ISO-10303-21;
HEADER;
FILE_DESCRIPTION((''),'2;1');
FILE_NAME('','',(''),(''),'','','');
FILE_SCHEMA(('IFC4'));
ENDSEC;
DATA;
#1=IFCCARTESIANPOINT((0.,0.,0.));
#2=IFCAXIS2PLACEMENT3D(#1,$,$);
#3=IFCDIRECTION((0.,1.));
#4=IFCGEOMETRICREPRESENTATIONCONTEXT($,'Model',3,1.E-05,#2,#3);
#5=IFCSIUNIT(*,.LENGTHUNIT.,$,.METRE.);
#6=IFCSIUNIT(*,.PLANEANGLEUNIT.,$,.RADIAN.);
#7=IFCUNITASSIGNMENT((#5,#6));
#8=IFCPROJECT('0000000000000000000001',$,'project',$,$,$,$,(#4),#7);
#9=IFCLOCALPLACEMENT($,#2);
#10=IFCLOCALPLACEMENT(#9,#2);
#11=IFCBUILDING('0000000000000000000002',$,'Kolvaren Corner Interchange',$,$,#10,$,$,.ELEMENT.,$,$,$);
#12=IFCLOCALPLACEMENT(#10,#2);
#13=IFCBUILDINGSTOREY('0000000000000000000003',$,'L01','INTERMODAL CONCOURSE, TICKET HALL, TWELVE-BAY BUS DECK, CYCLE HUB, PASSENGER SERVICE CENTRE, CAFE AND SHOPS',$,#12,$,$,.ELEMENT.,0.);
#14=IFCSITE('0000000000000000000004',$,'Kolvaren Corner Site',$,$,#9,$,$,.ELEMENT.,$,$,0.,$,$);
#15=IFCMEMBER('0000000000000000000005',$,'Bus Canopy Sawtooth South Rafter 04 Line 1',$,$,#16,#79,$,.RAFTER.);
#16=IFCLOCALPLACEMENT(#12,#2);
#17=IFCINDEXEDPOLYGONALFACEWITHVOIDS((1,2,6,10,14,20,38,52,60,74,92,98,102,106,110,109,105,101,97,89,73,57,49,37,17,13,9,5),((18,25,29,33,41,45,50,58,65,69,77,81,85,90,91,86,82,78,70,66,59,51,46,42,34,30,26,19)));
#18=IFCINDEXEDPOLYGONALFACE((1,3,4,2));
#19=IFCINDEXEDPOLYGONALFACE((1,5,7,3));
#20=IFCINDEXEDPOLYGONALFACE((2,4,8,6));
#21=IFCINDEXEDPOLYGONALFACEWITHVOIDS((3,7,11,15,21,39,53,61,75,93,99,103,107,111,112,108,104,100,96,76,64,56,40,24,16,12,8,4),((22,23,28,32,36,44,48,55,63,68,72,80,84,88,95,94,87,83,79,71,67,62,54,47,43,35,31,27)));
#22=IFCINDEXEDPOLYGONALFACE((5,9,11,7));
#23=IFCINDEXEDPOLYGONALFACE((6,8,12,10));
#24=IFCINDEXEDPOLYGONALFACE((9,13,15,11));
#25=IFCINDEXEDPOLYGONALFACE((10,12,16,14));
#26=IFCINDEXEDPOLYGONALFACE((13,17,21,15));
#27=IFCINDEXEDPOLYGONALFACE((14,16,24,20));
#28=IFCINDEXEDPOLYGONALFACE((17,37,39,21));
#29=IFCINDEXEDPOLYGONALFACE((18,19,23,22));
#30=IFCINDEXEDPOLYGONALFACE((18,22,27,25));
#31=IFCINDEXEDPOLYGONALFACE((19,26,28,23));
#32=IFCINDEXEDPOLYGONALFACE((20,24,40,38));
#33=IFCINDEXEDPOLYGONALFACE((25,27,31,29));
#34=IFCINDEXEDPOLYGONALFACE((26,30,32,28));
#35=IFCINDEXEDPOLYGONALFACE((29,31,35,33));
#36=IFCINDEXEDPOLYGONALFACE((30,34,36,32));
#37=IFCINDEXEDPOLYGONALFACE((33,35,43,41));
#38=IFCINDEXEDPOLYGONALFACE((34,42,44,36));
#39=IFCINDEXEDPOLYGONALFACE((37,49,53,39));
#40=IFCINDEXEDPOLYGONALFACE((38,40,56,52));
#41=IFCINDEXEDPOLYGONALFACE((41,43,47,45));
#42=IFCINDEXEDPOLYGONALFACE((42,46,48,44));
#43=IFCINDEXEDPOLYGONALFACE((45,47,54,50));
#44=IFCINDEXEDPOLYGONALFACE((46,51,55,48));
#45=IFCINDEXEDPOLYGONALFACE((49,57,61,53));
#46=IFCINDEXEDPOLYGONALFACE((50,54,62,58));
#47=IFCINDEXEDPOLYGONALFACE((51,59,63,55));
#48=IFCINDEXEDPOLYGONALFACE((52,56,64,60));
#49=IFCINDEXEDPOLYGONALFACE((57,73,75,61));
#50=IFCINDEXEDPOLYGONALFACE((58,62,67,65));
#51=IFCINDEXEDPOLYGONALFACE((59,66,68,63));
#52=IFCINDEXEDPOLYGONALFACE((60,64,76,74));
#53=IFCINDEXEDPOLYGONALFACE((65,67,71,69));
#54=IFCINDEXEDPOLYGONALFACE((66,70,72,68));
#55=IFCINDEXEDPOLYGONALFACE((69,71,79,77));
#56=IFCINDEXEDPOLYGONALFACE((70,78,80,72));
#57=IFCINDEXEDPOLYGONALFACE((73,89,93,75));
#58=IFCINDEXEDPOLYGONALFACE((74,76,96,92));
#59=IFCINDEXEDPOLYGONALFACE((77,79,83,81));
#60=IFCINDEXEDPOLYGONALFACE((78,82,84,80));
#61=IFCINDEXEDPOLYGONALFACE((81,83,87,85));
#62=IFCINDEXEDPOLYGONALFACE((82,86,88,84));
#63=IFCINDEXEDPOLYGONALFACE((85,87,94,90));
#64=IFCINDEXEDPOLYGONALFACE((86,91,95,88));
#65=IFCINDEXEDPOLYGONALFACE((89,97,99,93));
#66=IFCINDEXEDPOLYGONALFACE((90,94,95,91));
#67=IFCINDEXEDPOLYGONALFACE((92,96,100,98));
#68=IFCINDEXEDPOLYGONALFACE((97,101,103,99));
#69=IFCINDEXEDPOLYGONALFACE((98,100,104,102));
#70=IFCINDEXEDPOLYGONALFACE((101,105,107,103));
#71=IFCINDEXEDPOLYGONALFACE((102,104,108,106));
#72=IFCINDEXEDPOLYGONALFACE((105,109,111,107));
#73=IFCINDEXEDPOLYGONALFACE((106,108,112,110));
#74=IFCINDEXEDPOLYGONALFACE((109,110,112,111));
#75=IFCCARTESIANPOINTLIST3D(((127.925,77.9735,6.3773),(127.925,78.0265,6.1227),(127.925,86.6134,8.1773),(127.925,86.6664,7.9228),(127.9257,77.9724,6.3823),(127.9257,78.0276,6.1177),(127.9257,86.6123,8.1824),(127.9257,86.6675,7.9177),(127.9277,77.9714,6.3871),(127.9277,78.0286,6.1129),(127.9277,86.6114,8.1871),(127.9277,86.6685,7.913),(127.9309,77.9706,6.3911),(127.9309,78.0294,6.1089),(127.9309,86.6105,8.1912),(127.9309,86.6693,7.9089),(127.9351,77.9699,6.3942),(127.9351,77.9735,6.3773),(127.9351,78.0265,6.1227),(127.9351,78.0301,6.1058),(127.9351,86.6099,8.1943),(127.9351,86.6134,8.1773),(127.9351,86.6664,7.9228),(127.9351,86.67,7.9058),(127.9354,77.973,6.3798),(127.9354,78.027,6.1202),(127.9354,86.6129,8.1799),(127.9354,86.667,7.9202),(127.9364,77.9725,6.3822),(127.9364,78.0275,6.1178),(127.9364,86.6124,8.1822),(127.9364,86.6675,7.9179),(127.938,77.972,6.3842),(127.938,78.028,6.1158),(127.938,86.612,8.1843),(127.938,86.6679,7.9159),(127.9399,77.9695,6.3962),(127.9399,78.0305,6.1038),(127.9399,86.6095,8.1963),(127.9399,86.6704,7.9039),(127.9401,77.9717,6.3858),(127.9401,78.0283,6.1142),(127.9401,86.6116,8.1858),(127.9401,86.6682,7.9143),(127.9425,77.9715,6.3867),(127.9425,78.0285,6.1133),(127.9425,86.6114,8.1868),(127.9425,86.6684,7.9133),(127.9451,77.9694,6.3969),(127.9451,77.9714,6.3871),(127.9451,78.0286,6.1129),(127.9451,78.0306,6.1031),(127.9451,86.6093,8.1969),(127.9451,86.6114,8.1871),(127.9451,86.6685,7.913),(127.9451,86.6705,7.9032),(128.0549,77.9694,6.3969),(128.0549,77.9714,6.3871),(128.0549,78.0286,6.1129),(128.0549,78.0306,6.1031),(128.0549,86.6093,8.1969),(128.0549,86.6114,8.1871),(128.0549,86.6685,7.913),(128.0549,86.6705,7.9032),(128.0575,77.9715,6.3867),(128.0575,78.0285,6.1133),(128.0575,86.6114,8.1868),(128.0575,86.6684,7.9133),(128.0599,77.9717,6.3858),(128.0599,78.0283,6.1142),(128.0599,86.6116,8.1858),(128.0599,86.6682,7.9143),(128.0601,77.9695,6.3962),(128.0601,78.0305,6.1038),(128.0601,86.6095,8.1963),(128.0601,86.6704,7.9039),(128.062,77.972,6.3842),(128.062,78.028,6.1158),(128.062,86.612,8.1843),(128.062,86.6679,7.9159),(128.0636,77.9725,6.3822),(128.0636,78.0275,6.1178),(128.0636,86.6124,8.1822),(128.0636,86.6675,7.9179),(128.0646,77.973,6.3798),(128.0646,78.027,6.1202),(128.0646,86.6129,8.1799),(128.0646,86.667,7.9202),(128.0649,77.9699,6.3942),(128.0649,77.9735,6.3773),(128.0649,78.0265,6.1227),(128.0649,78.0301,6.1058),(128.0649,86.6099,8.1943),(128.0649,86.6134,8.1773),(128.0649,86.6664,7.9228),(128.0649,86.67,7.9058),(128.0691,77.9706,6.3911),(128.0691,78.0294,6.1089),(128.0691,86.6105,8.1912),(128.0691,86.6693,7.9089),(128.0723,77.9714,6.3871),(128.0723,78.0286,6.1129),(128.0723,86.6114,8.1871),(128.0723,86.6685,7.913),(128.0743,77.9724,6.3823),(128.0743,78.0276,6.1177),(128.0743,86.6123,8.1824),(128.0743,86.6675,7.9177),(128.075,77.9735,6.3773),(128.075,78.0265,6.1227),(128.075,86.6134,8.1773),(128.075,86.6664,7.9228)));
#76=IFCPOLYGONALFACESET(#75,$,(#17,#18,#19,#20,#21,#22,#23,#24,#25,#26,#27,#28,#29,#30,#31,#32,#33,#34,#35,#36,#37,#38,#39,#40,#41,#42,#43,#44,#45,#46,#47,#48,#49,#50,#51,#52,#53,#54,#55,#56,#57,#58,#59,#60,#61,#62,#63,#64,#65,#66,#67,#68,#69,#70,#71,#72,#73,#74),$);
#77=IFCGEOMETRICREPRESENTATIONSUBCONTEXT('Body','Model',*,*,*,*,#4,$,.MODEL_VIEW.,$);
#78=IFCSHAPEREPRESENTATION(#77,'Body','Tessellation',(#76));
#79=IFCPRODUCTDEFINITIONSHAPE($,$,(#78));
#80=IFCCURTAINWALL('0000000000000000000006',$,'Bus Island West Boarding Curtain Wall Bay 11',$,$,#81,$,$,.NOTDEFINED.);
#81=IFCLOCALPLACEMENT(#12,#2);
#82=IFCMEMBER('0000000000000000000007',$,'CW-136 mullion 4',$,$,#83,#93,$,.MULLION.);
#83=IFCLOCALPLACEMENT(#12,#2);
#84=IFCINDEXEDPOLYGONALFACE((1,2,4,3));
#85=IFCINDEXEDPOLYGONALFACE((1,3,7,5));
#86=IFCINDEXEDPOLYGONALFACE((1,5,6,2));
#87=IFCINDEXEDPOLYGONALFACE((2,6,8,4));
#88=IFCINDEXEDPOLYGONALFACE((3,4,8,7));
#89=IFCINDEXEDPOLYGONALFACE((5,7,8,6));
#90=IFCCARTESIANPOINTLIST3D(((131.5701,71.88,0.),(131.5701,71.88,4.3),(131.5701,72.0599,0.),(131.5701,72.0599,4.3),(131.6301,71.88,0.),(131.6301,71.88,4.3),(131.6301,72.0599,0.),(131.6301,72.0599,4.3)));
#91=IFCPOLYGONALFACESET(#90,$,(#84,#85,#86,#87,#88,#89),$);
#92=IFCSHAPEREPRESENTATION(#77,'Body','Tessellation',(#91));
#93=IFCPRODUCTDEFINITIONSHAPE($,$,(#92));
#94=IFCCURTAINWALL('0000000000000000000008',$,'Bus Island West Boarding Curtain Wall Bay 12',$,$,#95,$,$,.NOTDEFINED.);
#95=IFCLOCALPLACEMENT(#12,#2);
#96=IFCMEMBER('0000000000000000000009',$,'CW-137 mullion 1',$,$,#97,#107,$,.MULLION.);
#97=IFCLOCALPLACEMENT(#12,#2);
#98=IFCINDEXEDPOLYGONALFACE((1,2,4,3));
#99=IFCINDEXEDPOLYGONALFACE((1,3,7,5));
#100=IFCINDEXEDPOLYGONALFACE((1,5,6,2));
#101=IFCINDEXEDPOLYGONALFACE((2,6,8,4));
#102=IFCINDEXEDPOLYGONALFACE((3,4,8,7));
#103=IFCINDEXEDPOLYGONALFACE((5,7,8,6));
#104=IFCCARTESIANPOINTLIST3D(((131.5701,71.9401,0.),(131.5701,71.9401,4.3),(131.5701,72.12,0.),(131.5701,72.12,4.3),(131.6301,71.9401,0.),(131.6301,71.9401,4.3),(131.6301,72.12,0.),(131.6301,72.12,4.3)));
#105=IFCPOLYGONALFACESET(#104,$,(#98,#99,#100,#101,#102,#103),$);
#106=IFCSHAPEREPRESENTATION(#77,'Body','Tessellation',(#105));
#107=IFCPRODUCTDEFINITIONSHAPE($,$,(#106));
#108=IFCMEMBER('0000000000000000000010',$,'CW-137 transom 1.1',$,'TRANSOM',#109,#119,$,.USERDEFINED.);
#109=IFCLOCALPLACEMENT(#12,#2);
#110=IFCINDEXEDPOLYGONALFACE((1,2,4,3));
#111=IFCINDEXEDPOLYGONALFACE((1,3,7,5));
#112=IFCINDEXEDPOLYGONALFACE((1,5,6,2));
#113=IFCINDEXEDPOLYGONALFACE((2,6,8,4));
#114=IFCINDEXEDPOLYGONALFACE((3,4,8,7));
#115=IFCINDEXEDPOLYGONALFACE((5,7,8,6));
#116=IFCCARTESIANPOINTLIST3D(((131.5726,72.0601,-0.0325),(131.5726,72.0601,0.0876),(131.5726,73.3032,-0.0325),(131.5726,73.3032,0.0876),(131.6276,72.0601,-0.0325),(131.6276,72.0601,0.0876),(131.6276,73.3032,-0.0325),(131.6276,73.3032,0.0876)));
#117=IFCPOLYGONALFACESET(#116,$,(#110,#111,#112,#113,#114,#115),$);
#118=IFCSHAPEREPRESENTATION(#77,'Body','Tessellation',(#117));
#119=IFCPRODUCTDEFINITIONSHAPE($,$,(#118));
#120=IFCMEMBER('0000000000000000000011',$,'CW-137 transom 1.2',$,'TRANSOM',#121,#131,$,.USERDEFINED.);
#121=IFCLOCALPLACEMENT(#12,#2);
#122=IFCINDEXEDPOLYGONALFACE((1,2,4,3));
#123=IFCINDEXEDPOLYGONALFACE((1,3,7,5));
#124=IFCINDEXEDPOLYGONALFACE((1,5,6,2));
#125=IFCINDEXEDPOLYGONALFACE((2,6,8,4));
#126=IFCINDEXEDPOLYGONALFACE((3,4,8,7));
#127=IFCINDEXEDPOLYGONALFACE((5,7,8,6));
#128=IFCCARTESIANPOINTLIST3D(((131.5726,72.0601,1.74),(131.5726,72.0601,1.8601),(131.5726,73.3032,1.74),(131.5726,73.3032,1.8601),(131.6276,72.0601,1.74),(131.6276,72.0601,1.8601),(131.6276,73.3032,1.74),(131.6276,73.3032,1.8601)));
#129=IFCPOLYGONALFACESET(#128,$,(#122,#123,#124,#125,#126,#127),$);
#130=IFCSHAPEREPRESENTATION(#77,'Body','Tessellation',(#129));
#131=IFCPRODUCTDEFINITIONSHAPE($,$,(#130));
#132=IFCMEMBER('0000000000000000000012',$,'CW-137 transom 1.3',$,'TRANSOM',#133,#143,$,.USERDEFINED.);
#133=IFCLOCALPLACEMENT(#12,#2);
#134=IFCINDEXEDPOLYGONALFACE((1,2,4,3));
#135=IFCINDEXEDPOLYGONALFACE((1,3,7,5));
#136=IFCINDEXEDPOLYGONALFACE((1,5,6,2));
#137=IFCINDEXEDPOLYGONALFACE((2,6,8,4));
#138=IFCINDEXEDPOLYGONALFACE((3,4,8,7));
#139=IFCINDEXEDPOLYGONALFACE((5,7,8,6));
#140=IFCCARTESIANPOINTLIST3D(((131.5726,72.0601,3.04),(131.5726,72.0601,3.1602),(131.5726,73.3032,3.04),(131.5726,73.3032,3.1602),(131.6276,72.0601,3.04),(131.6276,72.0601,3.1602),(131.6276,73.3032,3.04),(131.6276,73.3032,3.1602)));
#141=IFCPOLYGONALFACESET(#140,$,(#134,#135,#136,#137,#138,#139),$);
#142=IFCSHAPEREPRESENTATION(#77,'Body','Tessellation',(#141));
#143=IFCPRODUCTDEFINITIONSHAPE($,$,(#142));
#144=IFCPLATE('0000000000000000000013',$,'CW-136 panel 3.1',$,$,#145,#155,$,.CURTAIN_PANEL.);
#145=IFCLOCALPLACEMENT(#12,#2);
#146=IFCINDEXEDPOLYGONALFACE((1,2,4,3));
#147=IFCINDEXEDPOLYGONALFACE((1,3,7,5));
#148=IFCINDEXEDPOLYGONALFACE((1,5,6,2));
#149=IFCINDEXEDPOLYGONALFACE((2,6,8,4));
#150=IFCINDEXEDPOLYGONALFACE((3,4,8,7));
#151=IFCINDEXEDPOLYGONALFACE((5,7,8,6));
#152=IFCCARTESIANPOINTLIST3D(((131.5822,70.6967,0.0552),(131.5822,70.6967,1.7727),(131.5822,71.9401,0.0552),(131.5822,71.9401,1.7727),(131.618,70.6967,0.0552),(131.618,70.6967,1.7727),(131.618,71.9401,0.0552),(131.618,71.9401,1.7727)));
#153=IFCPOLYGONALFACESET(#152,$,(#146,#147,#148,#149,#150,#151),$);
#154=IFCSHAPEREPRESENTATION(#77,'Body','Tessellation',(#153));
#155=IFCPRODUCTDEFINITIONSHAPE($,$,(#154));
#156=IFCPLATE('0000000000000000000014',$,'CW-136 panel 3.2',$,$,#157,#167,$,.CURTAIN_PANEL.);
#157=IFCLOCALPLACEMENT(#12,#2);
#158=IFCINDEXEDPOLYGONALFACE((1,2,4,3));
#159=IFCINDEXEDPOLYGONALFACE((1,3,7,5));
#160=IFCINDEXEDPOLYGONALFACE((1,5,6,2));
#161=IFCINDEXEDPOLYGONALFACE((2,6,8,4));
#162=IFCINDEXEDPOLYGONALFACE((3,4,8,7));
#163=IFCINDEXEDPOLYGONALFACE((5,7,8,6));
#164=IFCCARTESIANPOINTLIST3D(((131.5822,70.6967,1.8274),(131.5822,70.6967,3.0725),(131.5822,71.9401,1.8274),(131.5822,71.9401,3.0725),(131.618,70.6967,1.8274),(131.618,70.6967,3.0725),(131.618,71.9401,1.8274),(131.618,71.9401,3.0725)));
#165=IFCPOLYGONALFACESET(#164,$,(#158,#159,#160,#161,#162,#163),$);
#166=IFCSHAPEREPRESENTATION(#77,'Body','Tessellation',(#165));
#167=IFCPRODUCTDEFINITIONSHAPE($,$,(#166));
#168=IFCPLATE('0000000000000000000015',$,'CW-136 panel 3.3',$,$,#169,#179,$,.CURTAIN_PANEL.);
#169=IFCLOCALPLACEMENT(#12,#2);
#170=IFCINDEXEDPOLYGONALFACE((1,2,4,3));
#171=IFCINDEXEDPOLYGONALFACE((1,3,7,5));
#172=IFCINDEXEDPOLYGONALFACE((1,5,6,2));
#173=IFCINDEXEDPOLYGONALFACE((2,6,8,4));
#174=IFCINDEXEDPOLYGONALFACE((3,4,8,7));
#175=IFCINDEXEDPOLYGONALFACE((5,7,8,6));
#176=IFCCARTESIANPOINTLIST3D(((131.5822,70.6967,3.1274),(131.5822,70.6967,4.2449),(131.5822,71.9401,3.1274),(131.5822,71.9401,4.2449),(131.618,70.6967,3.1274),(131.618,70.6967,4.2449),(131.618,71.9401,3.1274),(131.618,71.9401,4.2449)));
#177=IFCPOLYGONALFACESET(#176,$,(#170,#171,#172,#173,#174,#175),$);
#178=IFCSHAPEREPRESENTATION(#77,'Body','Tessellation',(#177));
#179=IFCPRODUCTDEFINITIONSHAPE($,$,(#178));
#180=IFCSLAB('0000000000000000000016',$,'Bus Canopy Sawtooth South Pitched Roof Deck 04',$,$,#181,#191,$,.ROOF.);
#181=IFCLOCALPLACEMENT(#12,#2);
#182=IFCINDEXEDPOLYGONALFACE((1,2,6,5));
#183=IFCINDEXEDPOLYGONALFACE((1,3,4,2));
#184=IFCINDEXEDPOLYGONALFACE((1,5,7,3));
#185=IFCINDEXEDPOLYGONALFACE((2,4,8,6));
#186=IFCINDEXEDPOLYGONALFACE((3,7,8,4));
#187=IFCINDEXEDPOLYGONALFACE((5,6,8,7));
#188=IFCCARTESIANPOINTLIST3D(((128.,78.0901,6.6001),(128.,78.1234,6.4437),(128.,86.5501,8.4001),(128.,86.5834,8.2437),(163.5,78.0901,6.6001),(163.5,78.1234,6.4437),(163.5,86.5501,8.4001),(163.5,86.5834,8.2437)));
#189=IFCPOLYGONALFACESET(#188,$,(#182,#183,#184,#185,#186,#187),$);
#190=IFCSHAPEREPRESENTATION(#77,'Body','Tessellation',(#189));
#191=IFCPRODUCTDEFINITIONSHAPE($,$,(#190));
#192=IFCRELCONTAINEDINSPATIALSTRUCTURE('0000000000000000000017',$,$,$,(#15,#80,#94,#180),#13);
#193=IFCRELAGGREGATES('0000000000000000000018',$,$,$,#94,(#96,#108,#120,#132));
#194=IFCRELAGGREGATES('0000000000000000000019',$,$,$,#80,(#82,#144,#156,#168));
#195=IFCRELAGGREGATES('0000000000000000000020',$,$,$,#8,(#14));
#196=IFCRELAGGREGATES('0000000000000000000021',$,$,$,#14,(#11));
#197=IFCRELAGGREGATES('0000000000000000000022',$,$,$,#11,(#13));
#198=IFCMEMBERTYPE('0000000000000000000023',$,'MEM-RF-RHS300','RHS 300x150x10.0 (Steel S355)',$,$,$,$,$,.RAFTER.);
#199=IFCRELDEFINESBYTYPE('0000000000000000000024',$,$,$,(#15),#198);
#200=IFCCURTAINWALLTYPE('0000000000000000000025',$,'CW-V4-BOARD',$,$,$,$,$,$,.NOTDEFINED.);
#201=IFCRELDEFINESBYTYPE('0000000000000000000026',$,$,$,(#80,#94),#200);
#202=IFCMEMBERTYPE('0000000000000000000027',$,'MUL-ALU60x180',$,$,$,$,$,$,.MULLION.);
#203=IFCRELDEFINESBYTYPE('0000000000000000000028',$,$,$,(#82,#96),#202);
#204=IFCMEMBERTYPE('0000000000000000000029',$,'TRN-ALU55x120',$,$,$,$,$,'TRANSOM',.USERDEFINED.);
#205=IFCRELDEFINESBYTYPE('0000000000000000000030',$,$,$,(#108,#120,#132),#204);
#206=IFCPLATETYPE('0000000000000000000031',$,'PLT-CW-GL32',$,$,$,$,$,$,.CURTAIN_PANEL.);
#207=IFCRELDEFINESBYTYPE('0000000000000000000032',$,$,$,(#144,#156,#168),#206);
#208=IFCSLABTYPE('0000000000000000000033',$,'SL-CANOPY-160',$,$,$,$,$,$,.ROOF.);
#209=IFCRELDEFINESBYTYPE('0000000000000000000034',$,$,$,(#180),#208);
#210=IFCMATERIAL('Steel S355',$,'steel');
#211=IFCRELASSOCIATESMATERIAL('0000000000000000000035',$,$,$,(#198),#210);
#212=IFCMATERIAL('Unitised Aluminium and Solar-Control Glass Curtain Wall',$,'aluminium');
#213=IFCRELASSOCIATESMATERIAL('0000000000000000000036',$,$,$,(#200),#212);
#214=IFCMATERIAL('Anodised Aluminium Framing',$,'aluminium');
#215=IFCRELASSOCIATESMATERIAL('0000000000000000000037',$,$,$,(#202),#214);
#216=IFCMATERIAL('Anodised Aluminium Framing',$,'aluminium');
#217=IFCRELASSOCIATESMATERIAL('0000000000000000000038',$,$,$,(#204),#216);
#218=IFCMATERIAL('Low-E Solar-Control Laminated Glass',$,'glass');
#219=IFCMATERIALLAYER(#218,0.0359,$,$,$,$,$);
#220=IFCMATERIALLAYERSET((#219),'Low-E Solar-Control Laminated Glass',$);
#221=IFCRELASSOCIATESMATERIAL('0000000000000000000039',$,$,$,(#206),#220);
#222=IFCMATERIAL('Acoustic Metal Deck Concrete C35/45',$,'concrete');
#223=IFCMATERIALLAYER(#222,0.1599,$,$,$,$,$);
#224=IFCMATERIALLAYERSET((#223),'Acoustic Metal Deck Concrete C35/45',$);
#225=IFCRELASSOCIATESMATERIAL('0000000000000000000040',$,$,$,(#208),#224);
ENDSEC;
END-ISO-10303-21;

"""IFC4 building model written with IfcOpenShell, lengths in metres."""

from ifc_helpers import new_model, si_unit, direction, frame, origin, origin_2d, place, context, subcontext, project, spatial, polyline, rectangle, hollow_rectangle, outline, extrude, material, layer, layer_set, material_profile, profile_set, type_object, element, aggregate, save


model = new_model("IFC4")

# Units and contexts
model_context = context("Model", 3, precision=1e-05, world=origin(), true_north=direction((0.0, 1.0)))
body_context = subcontext(model_context, "Body", "Model", "MODEL_VIEW")
ifc_project = project(units=[si_unit("LENGTHUNIT", "METRE"), si_unit("PLANEANGLEUNIT", "RADIAN")], contexts=[model_context])

# Site, building, storey
site_placement = place(None, origin())
site = spatial("IfcSite", under=ifc_project, at=site_placement, Name="Kolvaren Corner Site", CompositionType="ELEMENT", RefElevation=0.0)
building_placement = place(site_placement, origin())
building = spatial("IfcBuilding", under=site, at=building_placement, Name="Kolvaren Corner Interchange", CompositionType="ELEMENT")
storey_placement = place(building_placement, origin())
storey = spatial("IfcBuildingStorey", under=building, at=storey_placement, Name="L01", Description="INTERMODAL CONCOURSE, TICKET HALL, TWELVE-BAY BUS DECK, CYCLE HUB, PASSENGER SERVICE CENTRE, CAFE AND SHOPS", CompositionType="ELEMENT", Elevation=0.0)

# Member
ifc_material_1 = material(Name="Steel S355", Category="steel")
ifc_material_profile_1 = material_profile(ifc_material_1, hollow_rectangle(XDim=0.1499, YDim=0.3, WallThickness=0.01, InnerFilletRadius=0.01, OuterFilletRadius=0.02, at=origin_2d()), Name="RHS 300x150x10.0")
ifc_profile_set_1 = profile_set([ifc_material_profile_1], Name="Steel S355")
member_type_1 = type_object("IfcMemberType", Name="MEM-RF-RHS300", Description="RHS 300x150x10.0 (Steel S355)", PredefinedType="RAFTER", material=ifc_profile_set_1)
member_1_placement = place(storey_placement, frame((128.0, 78.0, 6.25), z_axis=(0.0, 0.978979, 0.203962), x_axis=(-1.0, 0.0, 0.0)))
element("IfcMember", 1, at=member_1_placement, inside=storey, type_object=member_type_1, Name="Bus Canopy Sawtooth South Rafter 04 Line 1", PredefinedType="RAFTER", context=body_context, shape_type="SweptSolid", body=[
    extrude(hollow_rectangle(XDim=0.1499, YDim=0.3, WallThickness=0.01, InnerFilletRadius=0.01, OuterFilletRadius=0.02, at=origin_2d()), origin(), (0.0, 0.0, 1.0), 8.8254),
])

# Curtain wall, member
ifc_material_2 = material(Name="Unitised Aluminium and Solar-Control Glass Curtain Wall", Category="aluminium")
curtain_wall_type = type_object("IfcCurtainWallType", Name="CW-V4-BOARD", PredefinedType="NOTDEFINED", material=ifc_material_2)
curtain_wall_1_placement = place(storey_placement, origin())
curtain_wall_1 = element("IfcCurtainWall", 2, at=curtain_wall_1_placement, inside=storey, type_object=curtain_wall_type, Name="Bus Island West Boarding Curtain Wall Bay 11", PredefinedType="NOTDEFINED")
ifc_material_3 = material(Name="Anodised Aluminium Framing", Category="aluminium")
ifc_material_profile_2 = material_profile(ifc_material_3, rectangle(XDim=0.0601, YDim=0.1799, at=origin_2d()), Name="ALU 60x180")
ifc_profile_set_2 = profile_set([ifc_material_profile_2], Name="Anodised Aluminium Framing")
member_type_2 = type_object("IfcMemberType", Name="MUL-ALU60x180", PredefinedType="MULLION", material=ifc_profile_set_2)
member_2_placement = place(storey_placement, frame((131.6001, 71.97, 0.0), z_axis=(0.0, 0.0, 1.0), x_axis=(-1.0, 0.0, 0.0)))
member_2 = element("IfcMember", 3, at=member_2_placement, type_object=member_type_2, Name="CW-136 mullion 4", PredefinedType="MULLION", context=body_context, shape_type="SweptSolid", body=[
    extrude(rectangle(XDim=0.0601, YDim=0.1799, at=origin_2d()), origin(), (0.0, 0.0, 1.0), 4.3),
])

# Curtain wall, members
curtain_wall_2_placement = place(storey_placement, origin())
curtain_wall_2 = element("IfcCurtainWall", 4, at=curtain_wall_2_placement, inside=storey, type_object=curtain_wall_type, Name="Bus Island West Boarding Curtain Wall Bay 12", PredefinedType="NOTDEFINED")
member_3_placement = place(storey_placement, frame((131.6001, 72.03, 0.0), z_axis=(0.0, 0.0, 1.0), x_axis=(-1.0, 0.0, 0.0)))
member_3 = element("IfcMember", 5, at=member_3_placement, type_object=member_type_2, Name="CW-137 mullion 1", PredefinedType="MULLION", context=body_context, shape_type="SweptSolid", body=[
    extrude(rectangle(XDim=0.0601, YDim=0.1799, at=origin_2d()), origin(), (0.0, 0.0, 1.0), 4.3),
])
ifc_material_4 = material(Name="Anodised Aluminium Framing", Category="aluminium")
ifc_material_profile_3 = material_profile(ifc_material_4, rectangle(XDim=0.0549, YDim=0.1201, at=origin_2d()), Name="ALU 55x120")
ifc_profile_set_3 = profile_set([ifc_material_profile_3], Name="Anodised Aluminium Framing")
member_type_3 = type_object("IfcMemberType", Name="TRN-ALU55x120", ElementType="TRANSOM", PredefinedType="USERDEFINED", material=ifc_profile_set_3)
member_4_placement = place(storey_placement, frame((131.6001, 72.0601, 0.0276), z_axis=(0.0, 1.0, 0.0), x_axis=(-1.0, 0.0, 0.0)))
member_4 = element("IfcMember", 6, at=member_4_placement, type_object=member_type_3, Name="CW-137 transom 1.1", ObjectType="TRANSOM", PredefinedType="USERDEFINED", context=body_context, shape_type="SweptSolid", body=[
    extrude(rectangle(XDim=0.0549, YDim=0.1201, at=origin_2d()), origin(), (0.0, 0.0, 1.0), 1.2432),
])
member_5_placement = place(storey_placement, frame((131.6001, 72.0601, 1.8), z_axis=(0.0, 1.0, 0.0), x_axis=(-1.0, 0.0, 0.0)))
member_5 = element("IfcMember", 7, at=member_5_placement, type_object=member_type_3, Name="CW-137 transom 1.2", ObjectType="TRANSOM", PredefinedType="USERDEFINED", context=body_context, shape_type="SweptSolid", body=[
    extrude(rectangle(XDim=0.0549, YDim=0.1201, at=origin_2d()), origin(), (0.0, 0.0, 1.0), 1.2432),
])
member_6_placement = place(storey_placement, frame((131.6001, 72.0601, 3.1001), z_axis=(0.0, 1.0, 0.0), x_axis=(-1.0, 0.0, 0.0)))
member_6 = element("IfcMember", 8, at=member_6_placement, type_object=member_type_3, Name="CW-137 transom 1.3", ObjectType="TRANSOM", PredefinedType="USERDEFINED", context=body_context, shape_type="SweptSolid", body=[
    extrude(rectangle(XDim=0.0549, YDim=0.1201, at=origin_2d()), origin(), (0.0, 0.0, 1.0), 1.2432),
])
aggregate(curtain_wall_2, [member_3, member_4, member_5, member_6])

# Plates
ifc_material_5 = material(Name="Low-E Solar-Control Laminated Glass", Category="glass")
ifc_layer_1 = layer(ifc_material_5, 0.0359)
ifc_layer_set_1 = layer_set([ifc_layer_1], Name="Low-E Solar-Control Laminated Glass")
plate_type = type_object("IfcPlateType", Name="PLT-CW-GL32", PredefinedType="CURTAIN_PANEL", material=ifc_layer_set_1)
plate_1_placement = place(storey_placement, frame((131.6001, 71.3184, 0.0552), z_axis=(0.0, 0.0, 1.0), x_axis=(0.0, 1.0, 0.0)))
plate_1 = element("IfcPlate", 9, at=plate_1_placement, type_object=plate_type, Name="CW-136 panel 3.1", PredefinedType="CURTAIN_PANEL", context=body_context, shape_type="SweptSolid", body=[
    extrude(rectangle(XDim=1.2434, YDim=0.0359, at=origin_2d()), origin(), (0.0, 0.0, 1.0), 1.7175),
])
plate_2_placement = place(storey_placement, frame((131.6001, 71.3184, 1.8274), z_axis=(0.0, 0.0, 1.0), x_axis=(0.0, 1.0, 0.0)))
plate_2 = element("IfcPlate", 10, at=plate_2_placement, type_object=plate_type, Name="CW-136 panel 3.2", PredefinedType="CURTAIN_PANEL", context=body_context, shape_type="SweptSolid", body=[
    extrude(rectangle(XDim=1.2434, YDim=0.0359, at=origin_2d()), origin(), (0.0, 0.0, 1.0), 1.2451),
])
plate_3_placement = place(storey_placement, frame((131.6001, 71.3184, 3.1274), z_axis=(0.0, 0.0, 1.0), x_axis=(0.0, 1.0, 0.0)))
plate_3 = element("IfcPlate", 11, at=plate_3_placement, type_object=plate_type, Name="CW-136 panel 3.3", PredefinedType="CURTAIN_PANEL", context=body_context, shape_type="SweptSolid", body=[
    extrude(rectangle(XDim=1.2434, YDim=0.0359, at=origin_2d()), origin(), (0.0, 0.0, 1.0), 1.1174),
])
aggregate(curtain_wall_1, [member_2, plate_1, plate_2, plate_3])

# Slab
ifc_material_6 = material(Name="Acoustic Metal Deck Concrete C35/45", Category="concrete")
ifc_layer_2 = layer(ifc_material_6, 0.1599)
ifc_layer_set_2 = layer_set([ifc_layer_2], Name="Acoustic Metal Deck Concrete C35/45")
slab_type = type_object("IfcSlabType", Name="SL-CANOPY-160", PredefinedType="ROOF", material=ifc_layer_set_2)
slab_placement = place(storey_placement, frame((128.0, 78.0901, 6.6001), z_axis=(0.0, -0.208108, 0.978106), x_axis=(1.0, 0.0, 0.0)))
element("IfcSlab", 12, at=slab_placement, inside=storey, type_object=slab_type, Name="Bus Canopy Sawtooth South Pitched Roof Deck 04", PredefinedType="ROOF", context=body_context, shape_type="SweptSolid", body=[
    extrude(outline(polyline([(0.0, 0.0), (35.5, 0.0), (35.5, 8.6494), (0.0, 8.6494), (0.0, 0.0)])), origin(), (0.0, 0.0, -1.0), 0.1599),
])

save(model, "model.ifc")
